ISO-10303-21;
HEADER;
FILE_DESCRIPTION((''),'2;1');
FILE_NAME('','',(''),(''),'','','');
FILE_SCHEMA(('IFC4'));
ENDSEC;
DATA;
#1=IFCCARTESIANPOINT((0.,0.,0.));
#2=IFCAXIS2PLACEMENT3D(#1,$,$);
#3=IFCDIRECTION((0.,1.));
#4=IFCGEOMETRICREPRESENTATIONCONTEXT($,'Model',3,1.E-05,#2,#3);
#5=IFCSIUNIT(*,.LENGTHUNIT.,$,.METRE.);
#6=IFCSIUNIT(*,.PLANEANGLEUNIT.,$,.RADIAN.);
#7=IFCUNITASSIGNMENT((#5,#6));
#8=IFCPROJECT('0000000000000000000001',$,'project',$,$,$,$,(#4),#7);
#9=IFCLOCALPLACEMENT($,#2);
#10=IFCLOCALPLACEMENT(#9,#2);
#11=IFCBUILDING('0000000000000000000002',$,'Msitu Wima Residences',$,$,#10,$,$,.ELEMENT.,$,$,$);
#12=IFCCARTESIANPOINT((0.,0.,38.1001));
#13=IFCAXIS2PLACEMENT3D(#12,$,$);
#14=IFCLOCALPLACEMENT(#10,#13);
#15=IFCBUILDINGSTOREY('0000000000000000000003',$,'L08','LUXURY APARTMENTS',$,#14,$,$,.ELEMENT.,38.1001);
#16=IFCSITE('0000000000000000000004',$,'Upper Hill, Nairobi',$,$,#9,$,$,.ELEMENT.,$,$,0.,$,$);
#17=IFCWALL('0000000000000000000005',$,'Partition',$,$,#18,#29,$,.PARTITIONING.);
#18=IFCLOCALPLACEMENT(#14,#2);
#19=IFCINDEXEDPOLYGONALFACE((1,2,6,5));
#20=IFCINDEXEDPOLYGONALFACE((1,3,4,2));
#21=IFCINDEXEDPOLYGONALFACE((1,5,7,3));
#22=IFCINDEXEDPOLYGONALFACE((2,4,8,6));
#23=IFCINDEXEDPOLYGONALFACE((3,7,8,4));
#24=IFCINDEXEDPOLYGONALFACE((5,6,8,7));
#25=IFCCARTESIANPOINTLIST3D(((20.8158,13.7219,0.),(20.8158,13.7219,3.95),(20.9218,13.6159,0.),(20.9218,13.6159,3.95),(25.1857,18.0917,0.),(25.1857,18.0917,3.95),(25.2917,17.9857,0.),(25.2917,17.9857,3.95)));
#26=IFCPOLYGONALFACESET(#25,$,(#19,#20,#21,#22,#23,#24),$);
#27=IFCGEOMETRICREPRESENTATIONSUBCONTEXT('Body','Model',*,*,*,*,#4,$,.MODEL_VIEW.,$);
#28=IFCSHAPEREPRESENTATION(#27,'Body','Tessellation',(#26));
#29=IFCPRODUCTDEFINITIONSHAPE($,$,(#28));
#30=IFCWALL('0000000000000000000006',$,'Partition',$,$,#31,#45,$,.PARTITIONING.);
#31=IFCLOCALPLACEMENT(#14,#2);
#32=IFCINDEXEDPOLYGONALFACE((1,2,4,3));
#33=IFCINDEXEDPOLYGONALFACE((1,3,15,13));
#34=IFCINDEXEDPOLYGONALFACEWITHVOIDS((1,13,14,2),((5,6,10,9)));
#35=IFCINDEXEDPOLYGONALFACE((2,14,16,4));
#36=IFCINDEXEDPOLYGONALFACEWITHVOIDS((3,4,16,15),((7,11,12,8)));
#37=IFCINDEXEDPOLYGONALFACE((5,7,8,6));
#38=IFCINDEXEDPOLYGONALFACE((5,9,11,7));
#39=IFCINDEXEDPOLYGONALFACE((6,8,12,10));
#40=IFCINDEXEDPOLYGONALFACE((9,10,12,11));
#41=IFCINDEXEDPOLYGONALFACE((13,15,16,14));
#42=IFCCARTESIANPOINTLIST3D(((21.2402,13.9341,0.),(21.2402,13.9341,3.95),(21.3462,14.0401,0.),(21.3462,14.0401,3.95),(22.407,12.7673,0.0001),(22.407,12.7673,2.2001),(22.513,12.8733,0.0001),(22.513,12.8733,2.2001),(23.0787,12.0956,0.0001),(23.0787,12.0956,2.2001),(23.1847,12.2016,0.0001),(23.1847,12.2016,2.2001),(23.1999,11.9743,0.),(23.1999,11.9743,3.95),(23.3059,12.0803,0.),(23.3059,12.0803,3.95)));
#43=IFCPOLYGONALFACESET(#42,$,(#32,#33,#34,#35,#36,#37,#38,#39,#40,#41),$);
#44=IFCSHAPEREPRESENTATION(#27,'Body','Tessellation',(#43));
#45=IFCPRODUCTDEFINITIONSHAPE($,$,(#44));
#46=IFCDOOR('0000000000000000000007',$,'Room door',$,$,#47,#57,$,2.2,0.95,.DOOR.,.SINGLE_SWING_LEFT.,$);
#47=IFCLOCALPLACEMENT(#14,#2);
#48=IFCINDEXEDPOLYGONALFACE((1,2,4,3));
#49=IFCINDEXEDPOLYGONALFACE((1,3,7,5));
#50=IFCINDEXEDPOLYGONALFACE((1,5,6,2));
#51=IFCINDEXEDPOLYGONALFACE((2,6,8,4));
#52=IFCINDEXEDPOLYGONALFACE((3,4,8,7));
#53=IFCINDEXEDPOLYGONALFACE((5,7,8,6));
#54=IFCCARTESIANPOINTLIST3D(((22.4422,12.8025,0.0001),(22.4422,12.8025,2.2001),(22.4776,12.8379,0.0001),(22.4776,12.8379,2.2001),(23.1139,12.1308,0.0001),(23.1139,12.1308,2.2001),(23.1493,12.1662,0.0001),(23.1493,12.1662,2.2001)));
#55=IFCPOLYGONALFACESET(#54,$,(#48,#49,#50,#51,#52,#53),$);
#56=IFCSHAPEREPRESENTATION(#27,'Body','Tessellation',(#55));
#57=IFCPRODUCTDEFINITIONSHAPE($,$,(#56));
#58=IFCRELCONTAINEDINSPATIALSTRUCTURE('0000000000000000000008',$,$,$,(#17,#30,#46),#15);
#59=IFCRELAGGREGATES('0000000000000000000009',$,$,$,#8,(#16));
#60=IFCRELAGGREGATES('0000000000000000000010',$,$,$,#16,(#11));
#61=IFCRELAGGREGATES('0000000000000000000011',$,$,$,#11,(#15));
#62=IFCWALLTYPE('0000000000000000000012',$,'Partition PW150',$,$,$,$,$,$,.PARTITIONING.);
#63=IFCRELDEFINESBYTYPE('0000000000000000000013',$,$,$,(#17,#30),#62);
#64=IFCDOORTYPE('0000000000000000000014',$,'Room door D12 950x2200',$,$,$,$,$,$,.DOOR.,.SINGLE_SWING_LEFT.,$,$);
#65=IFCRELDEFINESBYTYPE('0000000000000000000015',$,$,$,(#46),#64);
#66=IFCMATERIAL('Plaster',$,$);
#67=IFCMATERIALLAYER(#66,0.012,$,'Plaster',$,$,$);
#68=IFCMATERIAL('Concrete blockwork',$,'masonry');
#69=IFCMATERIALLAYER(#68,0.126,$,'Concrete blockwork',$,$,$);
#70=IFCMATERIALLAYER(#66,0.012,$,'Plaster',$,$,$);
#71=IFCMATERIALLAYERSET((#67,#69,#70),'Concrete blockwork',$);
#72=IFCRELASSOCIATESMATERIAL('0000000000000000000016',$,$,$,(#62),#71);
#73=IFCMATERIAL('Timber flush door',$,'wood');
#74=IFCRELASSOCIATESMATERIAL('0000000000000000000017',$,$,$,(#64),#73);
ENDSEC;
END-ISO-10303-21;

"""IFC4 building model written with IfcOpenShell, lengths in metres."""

from ifc_helpers import new_model, si_unit, direction, frame, frame_2d, origin, place, context, subcontext, project, spatial, rectangle, extrude, material, layer, layer_set, type_object, element, fill, save


model = new_model("IFC4")

# Units and contexts
model_context = context("Model", 3, precision=1e-05, world=origin(), true_north=direction((0.0, 1.0)))
body_context = subcontext(model_context, "Body", "Model", "MODEL_VIEW")
ifc_project = project(units=[si_unit("LENGTHUNIT", "METRE"), si_unit("PLANEANGLEUNIT", "RADIAN")], contexts=[model_context])

# Site, building, storey
site_placement = place(None, origin())
site = spatial("IfcSite", under=ifc_project, at=site_placement, Name="Upper Hill, Nairobi", CompositionType="ELEMENT", RefElevation=0.0)
building_placement = place(site_placement, origin())
building = spatial("IfcBuilding", under=site, at=building_placement, Name="Msitu Wima Residences", CompositionType="ELEMENT")
storey_placement = place(building_placement, frame((0.0, 0.0, 38.1001)))
storey = spatial("IfcBuildingStorey", under=building, at=storey_placement, Name="L08", Description="LUXURY APARTMENTS", CompositionType="ELEMENT", Elevation=38.1001)

# Shared definitions
ifc_material_1 = material(Name="Plaster")
ifc_layer_1 = layer(ifc_material_1, 0.012, Name="Plaster")
ifc_material_2 = material(Name="Concrete blockwork", Category="masonry")
ifc_layer_2 = layer(ifc_material_2, 0.126, Name="Concrete blockwork")
ifc_layer_3 = layer(ifc_material_1, 0.012, Name="Plaster")
ifc_layer_set_1 = layer_set([ifc_layer_1, ifc_layer_2, ifc_layer_3], Name="Concrete blockwork")
wall_type_1 = type_object("IfcWallType", Name="Partition PW150", PredefinedType="PARTITIONING", material=ifc_layer_set_1)

# Shared definitions
ifc_material_3 = material(Name="Timber flush door", Category="wood")
door_type_1 = type_object("IfcDoorType", Name="Room door D12 950x2200", OperationType="SINGLE_SWING_LEFT", PredefinedType="DOOR", material=ifc_material_3)

# Wall
wall_1_placement = place(storey_placement, frame((20.8689, 13.6689, 0.0), z_axis=(0.0, 0.0, 1.0), x_axis=(0.707107, 0.707107, 0.0)))
element("IfcWall", 1, at=wall_1_placement, inside=storey, type_object=wall_type_1, Name="Partition", PredefinedType="PARTITIONING", context=body_context, shape_type="SweptSolid", body=[
    extrude(rectangle(XDim=6.1799, YDim=0.1499, at=frame_2d((3.0898, 0.0))), origin(), (0.0, 0.0, 1.0), 3.95),
])

# Wall, opening, door
wall_2_placement = place(storey_placement, frame((21.2932, 13.9871, 0.0), z_axis=(0.0, 0.0, 1.0), x_axis=(0.707107, -0.707107, 0.0)))
wall_2 = element("IfcWall", 2, at=wall_2_placement, inside=storey, type_object=wall_type_1, Name="Partition", PredefinedType="PARTITIONING", context=body_context, shape_type="SweptSolid", body=[
    extrude(rectangle(XDim=2.7715, YDim=0.1499, at=frame_2d((1.3857, 0.0))), origin(), (0.0, 0.0, 1.0), 3.95),
])
opening_1_placement = place(wall_2_placement, frame((1.6499, 0.0, 0.0)))
opening_1 = element("IfcOpeningElement", 3, at=opening_1_placement, cuts=wall_2, PredefinedType="OPENING", context=body_context, shape_type="SweptSolid", body=[
    extrude(rectangle(XDim=0.95, YDim=2.2, at=frame_2d((0.4751, 1.1001))), frame((0.0, 0.085, 0.0), z_axis=(0.0, -1.0, 0.0), x_axis=(1.0, 0.0, 0.0)), (0.0, 0.0, 1.0), 0.1699),
])
door_1_placement = place(opening_1_placement, origin())
door_1 = element("IfcDoor", 4, at=door_1_placement, inside=storey, type_object=door_type_1, Name="Room door", OperationType="SINGLE_SWING_LEFT", OverallHeight=2.2, OverallWidth=0.95, PredefinedType="DOOR", context=body_context, shape_type="SweptSolid", body=[
    extrude(rectangle(XDim=0.95, YDim=2.2, at=frame_2d((0.4751, 1.1001))), frame((0.0, 0.0249, 0.0), z_axis=(0.0, -1.0, 0.0), x_axis=(1.0, 0.0, 0.0)), (0.0, 0.0, 1.0), 0.05),
])
fill(opening_1, door_1)

save(model, "model.ifc")
